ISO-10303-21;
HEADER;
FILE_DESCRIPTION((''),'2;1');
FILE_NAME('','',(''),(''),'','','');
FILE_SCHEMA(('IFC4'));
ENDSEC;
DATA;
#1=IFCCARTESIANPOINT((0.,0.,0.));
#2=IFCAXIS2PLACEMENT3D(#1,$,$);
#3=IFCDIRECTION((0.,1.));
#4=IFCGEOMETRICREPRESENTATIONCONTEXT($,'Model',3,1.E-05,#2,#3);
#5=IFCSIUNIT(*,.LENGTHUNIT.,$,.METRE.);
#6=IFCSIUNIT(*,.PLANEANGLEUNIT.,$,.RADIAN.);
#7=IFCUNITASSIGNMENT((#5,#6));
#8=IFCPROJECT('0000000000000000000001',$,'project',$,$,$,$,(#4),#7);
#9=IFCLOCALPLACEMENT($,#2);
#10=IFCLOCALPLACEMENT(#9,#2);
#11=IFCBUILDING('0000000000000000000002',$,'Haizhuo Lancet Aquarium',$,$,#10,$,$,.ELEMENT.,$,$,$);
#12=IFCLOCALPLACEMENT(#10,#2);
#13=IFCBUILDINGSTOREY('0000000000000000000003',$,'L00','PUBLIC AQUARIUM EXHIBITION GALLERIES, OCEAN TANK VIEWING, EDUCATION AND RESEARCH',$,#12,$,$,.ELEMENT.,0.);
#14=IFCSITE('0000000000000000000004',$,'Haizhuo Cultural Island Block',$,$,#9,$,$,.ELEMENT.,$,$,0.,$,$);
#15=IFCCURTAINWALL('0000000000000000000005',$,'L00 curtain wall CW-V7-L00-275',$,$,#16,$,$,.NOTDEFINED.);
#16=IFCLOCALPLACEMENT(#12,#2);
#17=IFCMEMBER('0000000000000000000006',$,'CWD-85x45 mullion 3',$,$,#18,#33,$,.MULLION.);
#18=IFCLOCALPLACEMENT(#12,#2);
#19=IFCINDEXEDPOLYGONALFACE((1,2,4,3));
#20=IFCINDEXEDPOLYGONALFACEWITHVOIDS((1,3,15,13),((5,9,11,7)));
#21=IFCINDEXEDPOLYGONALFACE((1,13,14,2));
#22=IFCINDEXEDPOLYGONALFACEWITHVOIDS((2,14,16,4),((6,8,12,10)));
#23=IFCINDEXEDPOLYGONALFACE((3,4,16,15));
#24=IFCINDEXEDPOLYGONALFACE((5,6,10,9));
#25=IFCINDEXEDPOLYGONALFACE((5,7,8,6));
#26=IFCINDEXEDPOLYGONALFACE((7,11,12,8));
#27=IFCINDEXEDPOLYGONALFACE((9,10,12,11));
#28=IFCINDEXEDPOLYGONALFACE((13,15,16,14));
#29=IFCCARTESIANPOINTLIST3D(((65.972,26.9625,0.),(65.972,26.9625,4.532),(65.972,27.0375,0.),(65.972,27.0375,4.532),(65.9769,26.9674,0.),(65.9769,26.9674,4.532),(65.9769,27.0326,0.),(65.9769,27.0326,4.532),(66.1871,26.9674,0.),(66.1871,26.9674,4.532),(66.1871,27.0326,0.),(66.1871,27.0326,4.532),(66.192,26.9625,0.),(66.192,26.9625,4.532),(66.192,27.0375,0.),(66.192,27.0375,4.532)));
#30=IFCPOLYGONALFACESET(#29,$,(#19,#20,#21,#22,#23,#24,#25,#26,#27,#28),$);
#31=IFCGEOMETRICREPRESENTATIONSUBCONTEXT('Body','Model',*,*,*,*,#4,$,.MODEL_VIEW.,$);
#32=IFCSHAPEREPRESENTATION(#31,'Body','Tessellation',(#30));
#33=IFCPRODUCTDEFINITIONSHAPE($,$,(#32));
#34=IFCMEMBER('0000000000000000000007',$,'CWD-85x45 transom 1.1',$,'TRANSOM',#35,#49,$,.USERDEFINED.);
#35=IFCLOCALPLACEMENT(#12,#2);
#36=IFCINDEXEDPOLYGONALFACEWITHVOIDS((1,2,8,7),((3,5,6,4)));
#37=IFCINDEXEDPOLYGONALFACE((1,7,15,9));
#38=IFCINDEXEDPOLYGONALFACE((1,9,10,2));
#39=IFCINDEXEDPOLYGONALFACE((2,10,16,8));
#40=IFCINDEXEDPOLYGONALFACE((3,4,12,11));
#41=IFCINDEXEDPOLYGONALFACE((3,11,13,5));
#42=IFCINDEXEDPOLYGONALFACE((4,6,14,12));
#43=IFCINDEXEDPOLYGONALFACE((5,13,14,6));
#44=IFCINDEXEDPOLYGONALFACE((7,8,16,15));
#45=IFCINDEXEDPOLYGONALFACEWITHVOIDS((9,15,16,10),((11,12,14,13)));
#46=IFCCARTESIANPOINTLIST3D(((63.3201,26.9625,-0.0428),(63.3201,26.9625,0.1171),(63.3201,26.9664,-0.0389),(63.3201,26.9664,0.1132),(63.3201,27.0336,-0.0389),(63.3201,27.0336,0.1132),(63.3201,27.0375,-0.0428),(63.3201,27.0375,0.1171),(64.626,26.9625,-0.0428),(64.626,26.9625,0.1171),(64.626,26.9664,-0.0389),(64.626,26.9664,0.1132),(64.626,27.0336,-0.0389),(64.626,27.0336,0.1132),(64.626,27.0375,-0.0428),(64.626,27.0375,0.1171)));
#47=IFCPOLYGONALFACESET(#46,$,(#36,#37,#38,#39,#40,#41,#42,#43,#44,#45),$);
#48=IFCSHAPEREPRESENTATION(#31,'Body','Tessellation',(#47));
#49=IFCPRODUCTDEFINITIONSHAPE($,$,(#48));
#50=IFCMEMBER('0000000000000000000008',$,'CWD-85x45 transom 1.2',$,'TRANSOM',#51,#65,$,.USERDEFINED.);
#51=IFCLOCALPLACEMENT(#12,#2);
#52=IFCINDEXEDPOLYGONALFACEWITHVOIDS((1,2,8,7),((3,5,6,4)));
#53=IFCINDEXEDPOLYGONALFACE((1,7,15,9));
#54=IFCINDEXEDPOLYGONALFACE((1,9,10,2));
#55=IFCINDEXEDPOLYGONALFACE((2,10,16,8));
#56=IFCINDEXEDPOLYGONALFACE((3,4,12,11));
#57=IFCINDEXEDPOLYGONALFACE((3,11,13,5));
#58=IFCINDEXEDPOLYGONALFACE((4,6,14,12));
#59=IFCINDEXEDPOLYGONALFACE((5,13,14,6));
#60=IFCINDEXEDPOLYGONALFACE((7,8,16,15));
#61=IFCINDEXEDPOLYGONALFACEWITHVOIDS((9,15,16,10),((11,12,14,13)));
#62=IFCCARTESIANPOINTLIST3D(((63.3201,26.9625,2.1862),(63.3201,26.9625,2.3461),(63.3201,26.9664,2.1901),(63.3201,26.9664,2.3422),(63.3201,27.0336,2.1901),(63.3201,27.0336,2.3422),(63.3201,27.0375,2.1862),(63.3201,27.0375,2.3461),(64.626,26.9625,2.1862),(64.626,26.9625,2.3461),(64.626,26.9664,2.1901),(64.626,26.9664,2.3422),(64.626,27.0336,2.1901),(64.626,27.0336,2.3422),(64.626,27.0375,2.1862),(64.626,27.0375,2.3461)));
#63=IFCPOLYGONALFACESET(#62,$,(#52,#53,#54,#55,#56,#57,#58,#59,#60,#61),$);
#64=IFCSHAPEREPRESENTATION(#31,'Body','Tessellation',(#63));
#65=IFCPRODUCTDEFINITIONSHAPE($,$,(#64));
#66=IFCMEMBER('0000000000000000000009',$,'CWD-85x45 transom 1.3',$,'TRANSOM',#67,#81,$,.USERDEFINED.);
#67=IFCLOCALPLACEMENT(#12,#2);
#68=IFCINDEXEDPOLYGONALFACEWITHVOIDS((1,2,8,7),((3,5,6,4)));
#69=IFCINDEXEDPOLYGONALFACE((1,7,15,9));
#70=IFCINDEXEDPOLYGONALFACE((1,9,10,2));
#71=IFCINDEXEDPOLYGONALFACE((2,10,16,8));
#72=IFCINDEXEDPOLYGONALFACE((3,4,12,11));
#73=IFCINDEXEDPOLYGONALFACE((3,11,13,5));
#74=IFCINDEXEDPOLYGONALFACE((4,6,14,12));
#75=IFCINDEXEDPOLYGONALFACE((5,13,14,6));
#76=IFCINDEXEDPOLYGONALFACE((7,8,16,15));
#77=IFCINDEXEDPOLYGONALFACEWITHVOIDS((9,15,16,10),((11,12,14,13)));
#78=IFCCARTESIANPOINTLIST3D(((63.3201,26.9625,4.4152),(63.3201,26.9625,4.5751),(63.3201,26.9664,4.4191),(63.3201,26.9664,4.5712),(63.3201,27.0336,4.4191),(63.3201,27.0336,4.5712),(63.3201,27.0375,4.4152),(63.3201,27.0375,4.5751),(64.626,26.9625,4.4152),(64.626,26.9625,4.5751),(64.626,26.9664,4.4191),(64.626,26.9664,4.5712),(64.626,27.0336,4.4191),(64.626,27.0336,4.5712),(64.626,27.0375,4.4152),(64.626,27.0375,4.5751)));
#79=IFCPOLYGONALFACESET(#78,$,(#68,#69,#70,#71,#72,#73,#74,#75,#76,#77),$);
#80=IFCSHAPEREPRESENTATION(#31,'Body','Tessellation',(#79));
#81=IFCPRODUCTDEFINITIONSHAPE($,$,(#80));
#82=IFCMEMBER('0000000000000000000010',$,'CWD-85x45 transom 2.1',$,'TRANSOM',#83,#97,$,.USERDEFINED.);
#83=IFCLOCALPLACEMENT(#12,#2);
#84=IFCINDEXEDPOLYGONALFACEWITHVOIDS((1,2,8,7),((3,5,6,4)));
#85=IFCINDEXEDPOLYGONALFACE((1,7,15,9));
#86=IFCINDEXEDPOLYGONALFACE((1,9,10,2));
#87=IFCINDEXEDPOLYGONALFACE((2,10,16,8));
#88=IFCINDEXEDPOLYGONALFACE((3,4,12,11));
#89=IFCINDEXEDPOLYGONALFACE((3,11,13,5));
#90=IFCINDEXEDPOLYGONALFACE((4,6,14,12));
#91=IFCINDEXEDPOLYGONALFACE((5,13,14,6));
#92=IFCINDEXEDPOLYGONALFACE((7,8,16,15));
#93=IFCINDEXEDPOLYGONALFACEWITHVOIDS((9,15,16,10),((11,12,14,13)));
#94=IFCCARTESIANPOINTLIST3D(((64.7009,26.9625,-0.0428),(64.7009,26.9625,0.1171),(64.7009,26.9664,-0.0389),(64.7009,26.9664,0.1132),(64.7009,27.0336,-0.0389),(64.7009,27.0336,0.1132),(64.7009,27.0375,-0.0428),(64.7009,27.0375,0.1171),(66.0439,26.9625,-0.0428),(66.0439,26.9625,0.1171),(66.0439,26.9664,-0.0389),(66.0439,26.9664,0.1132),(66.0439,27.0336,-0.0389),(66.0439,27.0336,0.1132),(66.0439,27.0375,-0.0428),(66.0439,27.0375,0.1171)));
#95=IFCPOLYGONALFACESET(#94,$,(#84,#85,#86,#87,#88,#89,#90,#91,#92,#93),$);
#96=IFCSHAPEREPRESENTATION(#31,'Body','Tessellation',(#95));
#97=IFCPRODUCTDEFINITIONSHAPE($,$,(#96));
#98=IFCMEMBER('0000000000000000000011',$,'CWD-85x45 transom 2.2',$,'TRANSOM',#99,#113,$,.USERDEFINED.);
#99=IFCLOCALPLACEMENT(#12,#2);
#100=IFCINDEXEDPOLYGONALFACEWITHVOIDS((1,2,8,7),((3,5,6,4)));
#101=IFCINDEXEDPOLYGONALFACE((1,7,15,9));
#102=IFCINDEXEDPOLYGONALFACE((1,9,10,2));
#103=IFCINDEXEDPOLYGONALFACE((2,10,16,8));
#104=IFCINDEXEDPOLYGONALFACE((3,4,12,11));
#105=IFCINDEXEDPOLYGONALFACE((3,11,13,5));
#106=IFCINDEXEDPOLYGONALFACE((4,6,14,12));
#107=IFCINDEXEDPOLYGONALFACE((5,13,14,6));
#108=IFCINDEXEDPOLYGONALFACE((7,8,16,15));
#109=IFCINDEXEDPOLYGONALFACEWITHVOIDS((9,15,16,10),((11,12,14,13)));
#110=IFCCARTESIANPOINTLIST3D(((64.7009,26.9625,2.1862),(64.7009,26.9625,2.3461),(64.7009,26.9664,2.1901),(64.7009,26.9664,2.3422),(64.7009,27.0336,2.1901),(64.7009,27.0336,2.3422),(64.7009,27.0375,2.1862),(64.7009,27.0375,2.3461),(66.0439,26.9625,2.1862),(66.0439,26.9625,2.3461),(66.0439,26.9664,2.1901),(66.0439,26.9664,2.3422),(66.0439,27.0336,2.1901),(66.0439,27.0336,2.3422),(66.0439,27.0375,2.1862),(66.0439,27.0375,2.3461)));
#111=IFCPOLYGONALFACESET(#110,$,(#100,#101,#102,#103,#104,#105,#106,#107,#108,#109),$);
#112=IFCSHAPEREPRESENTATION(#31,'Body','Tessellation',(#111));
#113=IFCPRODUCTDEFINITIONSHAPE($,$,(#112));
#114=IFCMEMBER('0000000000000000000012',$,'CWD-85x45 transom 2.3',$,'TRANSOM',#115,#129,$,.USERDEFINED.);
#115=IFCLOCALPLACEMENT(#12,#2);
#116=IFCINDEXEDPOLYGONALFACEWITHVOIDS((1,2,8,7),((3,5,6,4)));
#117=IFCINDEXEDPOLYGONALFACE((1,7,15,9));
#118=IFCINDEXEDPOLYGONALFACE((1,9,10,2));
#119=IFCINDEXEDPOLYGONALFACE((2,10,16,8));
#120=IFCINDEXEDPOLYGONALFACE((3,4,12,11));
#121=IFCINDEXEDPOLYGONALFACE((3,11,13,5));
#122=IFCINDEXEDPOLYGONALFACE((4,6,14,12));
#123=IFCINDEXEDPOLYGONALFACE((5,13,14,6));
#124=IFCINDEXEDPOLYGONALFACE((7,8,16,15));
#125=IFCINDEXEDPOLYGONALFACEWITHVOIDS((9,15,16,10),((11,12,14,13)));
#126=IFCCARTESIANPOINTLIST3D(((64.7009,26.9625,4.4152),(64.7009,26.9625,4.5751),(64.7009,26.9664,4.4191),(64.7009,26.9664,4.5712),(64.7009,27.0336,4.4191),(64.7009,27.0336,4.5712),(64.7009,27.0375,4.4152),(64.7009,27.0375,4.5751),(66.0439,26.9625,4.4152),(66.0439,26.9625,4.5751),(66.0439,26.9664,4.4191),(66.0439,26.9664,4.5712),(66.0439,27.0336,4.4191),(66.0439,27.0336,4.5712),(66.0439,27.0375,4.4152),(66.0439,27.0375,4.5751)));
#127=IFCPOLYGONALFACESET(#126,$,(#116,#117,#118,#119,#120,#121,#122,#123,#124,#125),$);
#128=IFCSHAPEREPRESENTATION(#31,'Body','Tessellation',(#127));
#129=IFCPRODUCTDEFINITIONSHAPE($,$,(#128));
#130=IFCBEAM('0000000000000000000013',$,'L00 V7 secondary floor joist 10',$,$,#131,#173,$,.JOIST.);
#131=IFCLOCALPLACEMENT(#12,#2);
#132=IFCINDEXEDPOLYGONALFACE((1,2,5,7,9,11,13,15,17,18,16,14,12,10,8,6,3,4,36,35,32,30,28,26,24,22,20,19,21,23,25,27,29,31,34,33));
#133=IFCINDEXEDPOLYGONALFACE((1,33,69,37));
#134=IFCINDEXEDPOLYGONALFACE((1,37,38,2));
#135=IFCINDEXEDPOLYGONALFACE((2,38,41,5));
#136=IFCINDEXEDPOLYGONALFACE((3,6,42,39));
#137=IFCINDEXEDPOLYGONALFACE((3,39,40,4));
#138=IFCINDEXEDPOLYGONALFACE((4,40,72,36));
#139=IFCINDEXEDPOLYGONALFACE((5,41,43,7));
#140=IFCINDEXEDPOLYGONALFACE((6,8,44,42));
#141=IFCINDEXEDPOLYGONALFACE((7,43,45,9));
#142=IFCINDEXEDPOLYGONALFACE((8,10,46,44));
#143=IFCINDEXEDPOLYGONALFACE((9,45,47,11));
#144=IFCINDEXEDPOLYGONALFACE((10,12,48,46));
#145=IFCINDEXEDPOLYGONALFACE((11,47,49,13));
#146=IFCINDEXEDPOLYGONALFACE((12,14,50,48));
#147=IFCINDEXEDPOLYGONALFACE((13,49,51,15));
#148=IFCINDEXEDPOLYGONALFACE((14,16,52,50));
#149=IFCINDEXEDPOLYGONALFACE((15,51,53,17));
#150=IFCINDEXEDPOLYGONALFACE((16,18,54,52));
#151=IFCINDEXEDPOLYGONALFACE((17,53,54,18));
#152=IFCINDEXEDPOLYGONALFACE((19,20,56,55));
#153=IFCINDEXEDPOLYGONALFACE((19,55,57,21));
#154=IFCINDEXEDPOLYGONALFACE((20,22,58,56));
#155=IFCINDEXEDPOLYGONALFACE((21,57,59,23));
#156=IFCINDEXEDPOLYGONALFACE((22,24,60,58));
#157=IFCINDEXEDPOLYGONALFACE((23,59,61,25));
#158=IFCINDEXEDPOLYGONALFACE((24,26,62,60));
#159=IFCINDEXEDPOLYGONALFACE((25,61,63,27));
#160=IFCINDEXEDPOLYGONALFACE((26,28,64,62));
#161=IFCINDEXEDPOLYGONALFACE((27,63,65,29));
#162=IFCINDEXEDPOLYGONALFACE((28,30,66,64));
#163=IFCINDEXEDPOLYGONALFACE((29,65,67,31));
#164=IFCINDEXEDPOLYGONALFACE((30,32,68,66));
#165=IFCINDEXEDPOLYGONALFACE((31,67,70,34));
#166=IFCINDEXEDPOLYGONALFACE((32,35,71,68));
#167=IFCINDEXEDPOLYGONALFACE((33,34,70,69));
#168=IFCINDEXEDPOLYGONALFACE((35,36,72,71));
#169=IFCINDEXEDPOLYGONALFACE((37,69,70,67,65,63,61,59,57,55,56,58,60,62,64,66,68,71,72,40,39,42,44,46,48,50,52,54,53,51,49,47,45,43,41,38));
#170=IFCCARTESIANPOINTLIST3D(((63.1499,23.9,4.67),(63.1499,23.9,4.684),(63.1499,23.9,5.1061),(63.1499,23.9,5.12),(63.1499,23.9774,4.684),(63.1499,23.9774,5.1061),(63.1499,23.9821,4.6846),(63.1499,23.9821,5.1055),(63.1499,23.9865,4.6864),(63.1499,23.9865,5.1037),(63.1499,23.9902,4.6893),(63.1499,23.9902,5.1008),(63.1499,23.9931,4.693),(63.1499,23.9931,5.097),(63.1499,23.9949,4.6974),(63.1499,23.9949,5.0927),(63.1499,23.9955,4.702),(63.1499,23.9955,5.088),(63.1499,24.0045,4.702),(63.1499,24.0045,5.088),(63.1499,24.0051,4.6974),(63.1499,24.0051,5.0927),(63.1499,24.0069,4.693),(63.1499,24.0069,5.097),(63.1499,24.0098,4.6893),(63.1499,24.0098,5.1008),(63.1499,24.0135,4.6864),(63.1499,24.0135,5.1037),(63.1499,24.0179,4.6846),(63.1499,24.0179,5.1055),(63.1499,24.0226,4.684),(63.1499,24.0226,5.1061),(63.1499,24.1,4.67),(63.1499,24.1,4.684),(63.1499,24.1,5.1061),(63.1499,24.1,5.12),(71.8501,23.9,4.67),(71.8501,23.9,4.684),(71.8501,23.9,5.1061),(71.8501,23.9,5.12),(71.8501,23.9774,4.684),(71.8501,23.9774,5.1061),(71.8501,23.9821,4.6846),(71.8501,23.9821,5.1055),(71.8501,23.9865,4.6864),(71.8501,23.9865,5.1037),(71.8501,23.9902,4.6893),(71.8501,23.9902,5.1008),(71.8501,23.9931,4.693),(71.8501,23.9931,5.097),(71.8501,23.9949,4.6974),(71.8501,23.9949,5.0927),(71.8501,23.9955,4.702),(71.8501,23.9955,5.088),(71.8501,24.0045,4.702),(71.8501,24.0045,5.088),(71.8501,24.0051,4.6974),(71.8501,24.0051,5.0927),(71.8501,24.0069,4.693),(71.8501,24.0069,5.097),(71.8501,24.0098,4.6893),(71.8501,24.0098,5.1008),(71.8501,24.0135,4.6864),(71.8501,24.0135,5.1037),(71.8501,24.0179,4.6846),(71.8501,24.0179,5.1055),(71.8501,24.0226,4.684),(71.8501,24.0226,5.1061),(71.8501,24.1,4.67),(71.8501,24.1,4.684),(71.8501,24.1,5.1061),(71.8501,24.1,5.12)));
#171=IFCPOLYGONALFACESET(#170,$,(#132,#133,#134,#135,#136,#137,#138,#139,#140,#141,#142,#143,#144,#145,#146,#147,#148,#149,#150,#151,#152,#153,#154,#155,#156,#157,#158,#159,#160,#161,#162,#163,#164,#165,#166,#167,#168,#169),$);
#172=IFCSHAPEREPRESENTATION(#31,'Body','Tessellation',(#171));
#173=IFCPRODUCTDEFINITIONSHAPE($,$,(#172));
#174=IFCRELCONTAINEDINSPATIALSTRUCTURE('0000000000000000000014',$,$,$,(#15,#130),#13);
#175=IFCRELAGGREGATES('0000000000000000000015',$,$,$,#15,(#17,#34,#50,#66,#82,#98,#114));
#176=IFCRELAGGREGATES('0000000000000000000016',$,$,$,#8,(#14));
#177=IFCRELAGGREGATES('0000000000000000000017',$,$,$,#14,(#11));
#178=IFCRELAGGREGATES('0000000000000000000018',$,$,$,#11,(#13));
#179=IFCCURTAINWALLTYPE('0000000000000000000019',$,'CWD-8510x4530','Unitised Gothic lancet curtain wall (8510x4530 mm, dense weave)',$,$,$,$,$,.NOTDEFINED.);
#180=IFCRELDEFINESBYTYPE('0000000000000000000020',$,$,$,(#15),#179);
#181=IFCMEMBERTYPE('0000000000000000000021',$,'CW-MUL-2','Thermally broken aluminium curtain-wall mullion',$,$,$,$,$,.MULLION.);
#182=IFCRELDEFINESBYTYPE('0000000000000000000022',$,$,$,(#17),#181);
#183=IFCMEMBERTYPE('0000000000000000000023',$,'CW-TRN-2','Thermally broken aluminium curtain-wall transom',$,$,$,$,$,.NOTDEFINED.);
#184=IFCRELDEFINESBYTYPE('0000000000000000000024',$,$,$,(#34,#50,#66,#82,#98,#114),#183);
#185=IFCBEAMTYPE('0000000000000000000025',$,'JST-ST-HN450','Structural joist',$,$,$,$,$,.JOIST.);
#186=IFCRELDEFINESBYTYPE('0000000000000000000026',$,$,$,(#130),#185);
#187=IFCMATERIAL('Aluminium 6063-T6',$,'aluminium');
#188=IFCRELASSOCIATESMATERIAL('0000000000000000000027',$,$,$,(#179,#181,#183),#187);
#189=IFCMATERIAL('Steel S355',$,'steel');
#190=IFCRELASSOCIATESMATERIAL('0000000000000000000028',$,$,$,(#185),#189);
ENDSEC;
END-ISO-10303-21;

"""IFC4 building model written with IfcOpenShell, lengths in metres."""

from ifc_helpers import new_model, si_unit, direction, frame, origin, origin_2d, place, context, subcontext, project, spatial, hollow_rectangle, i_section, extrude, material, material_profile, profile_set, type_object, element, aggregate, save


model = new_model("IFC4")

# Units and contexts
model_context = context("Model", 3, precision=1e-05, world=origin(), true_north=direction((0.0, 1.0)))
body_context = subcontext(model_context, "Body", "Model", "MODEL_VIEW")
ifc_project = project(units=[si_unit("LENGTHUNIT", "METRE"), si_unit("PLANEANGLEUNIT", "RADIAN")], contexts=[model_context])

# Site, building, storey
site_placement = place(None, origin())
site = spatial("IfcSite", under=ifc_project, at=site_placement, Name="Haizhuo Cultural Island Block", CompositionType="ELEMENT", RefElevation=0.0)
building_placement = place(site_placement, origin())
building = spatial("IfcBuilding", under=site, at=building_placement, Name="Haizhuo Lancet Aquarium", CompositionType="ELEMENT")
storey_placement = place(building_placement, origin())
storey = spatial("IfcBuildingStorey", under=building, at=storey_placement, Name="L00", Description="PUBLIC AQUARIUM EXHIBITION GALLERIES, OCEAN TANK VIEWING, EDUCATION AND RESEARCH", CompositionType="ELEMENT", Elevation=0.0)

# Shared definitions
ifc_material_1 = material(Name="Steel S355", Category="steel")

# Curtain wall, members
ifc_material_2 = material(Name="Aluminium 6063-T6", Category="aluminium")
curtain_wall_type = type_object("IfcCurtainWallType", Name="CWD-8510x4530", Description="Unitised Gothic lancet curtain wall (8510x4530 mm, dense weave)", PredefinedType="NOTDEFINED", material=ifc_material_2)
curtain_wall_placement = place(storey_placement, origin())
curtain_wall = element("IfcCurtainWall", 1, at=curtain_wall_placement, inside=storey, type_object=curtain_wall_type, Name="L00 curtain wall CW-V7-L00-275", PredefinedType="NOTDEFINED")
ifc_material_profile_1 = material_profile(ifc_material_2, hollow_rectangle(XDim=0.075, YDim=0.22, WallThickness=0.0049, at=origin_2d()), Name="ALU-M 75x220x5")
ifc_profile_set_1 = profile_set([ifc_material_profile_1], Name="Aluminium 6063-T6")
member_type_1 = type_object("IfcMemberType", Name="CW-MUL-2", Description="Thermally broken aluminium curtain-wall mullion", PredefinedType="MULLION", material=ifc_profile_set_1)
member_1_placement = place(storey_placement, frame((66.082, 27.0, 0.0), z_axis=(0.0, 0.0, 1.0), x_axis=(0.0, 1.0, 0.0)))
member_1 = element("IfcMember", 2, at=member_1_placement, type_object=member_type_1, Name="CWD-85x45 mullion 3", PredefinedType="MULLION", context=body_context, shape_type="SweptSolid", body=[
    extrude(hollow_rectangle(XDim=0.075, YDim=0.22, WallThickness=0.0049, at=origin_2d()), origin(), (0.0, 0.0, 1.0), 4.532),
])
ifc_material_profile_2 = material_profile(ifc_material_2, hollow_rectangle(XDim=0.075, YDim=0.1599, WallThickness=0.0039, at=origin_2d()), Name="ALU-T 75x160x4")
ifc_profile_set_2 = profile_set([ifc_material_profile_2], Name="Aluminium 6063-T6")
member_type_2 = type_object("IfcMemberType", Name="CW-TRN-2", Description="Thermally broken aluminium curtain-wall transom", PredefinedType="NOTDEFINED", material=ifc_profile_set_2)
member_2_placement = place(storey_placement, frame((63.3201, 27.0, 0.0371), z_axis=(1.0, 0.0, 0.0), x_axis=(0.0, 1.0, 0.0)))
member_2 = element("IfcMember", 3, at=member_2_placement, type_object=member_type_2, Name="CWD-85x45 transom 1.1", ObjectType="TRANSOM", PredefinedType="USERDEFINED", context=body_context, shape_type="SweptSolid", body=[
    extrude(hollow_rectangle(XDim=0.075, YDim=0.1599, WallThickness=0.0039, at=origin_2d()), origin(), (0.0, 0.0, 1.0), 1.3059),
])
member_3_placement = place(storey_placement, frame((63.3201, 27.0, 2.2661), z_axis=(1.0, 0.0, 0.0), x_axis=(0.0, 1.0, 0.0)))
member_3 = element("IfcMember", 4, at=member_3_placement, type_object=member_type_2, Name="CWD-85x45 transom 1.2", ObjectType="TRANSOM", PredefinedType="USERDEFINED", context=body_context, shape_type="SweptSolid", body=[
    extrude(hollow_rectangle(XDim=0.075, YDim=0.1599, WallThickness=0.0039, at=origin_2d()), origin(), (0.0, 0.0, 1.0), 1.3059),
])
member_4_placement = place(storey_placement, frame((63.3201, 27.0, 4.4951), z_axis=(1.0, 0.0, 0.0), x_axis=(0.0, 1.0, 0.0)))
member_4 = element("IfcMember", 5, at=member_4_placement, type_object=member_type_2, Name="CWD-85x45 transom 1.3", ObjectType="TRANSOM", PredefinedType="USERDEFINED", context=body_context, shape_type="SweptSolid", body=[
    extrude(hollow_rectangle(XDim=0.075, YDim=0.1599, WallThickness=0.0039, at=origin_2d()), origin(), (0.0, 0.0, 1.0), 1.3059),
])
member_5_placement = place(storey_placement, frame((64.7009, 27.0, 0.0371), z_axis=(1.0, 0.0, 0.0), x_axis=(0.0, 1.0, 0.0)))
member_5 = element("IfcMember", 6, at=member_5_placement, type_object=member_type_2, Name="CWD-85x45 transom 2.1", ObjectType="TRANSOM", PredefinedType="USERDEFINED", context=body_context, shape_type="SweptSolid", body=[
    extrude(hollow_rectangle(XDim=0.075, YDim=0.1599, WallThickness=0.0039, at=origin_2d()), origin(), (0.0, 0.0, 1.0), 1.343),
])
member_6_placement = place(storey_placement, frame((64.7009, 27.0, 2.2661), z_axis=(1.0, 0.0, 0.0), x_axis=(0.0, 1.0, 0.0)))
member_6 = element("IfcMember", 7, at=member_6_placement, type_object=member_type_2, Name="CWD-85x45 transom 2.2", ObjectType="TRANSOM", PredefinedType="USERDEFINED", context=body_context, shape_type="SweptSolid", body=[
    extrude(hollow_rectangle(XDim=0.075, YDim=0.1599, WallThickness=0.0039, at=origin_2d()), origin(), (0.0, 0.0, 1.0), 1.343),
])
member_7_placement = place(storey_placement, frame((64.7009, 27.0, 4.4951), z_axis=(1.0, 0.0, 0.0), x_axis=(0.0, 1.0, 0.0)))
member_7 = element("IfcMember", 8, at=member_7_placement, type_object=member_type_2, Name="CWD-85x45 transom 2.3", ObjectType="TRANSOM", PredefinedType="USERDEFINED", context=body_context, shape_type="SweptSolid", body=[
    extrude(hollow_rectangle(XDim=0.075, YDim=0.1599, WallThickness=0.0039, at=origin_2d()), origin(), (0.0, 0.0, 1.0), 1.343),
])

# Beam
ifc_material_profile_3 = material_profile(ifc_material_1, i_section(OverallWidth=0.2, OverallDepth=0.45, WebThickness=0.009, FlangeThickness=0.0139, FilletRadius=0.0181, at=origin_2d()), Name="HN 450x200x9x14")
ifc_profile_set_3 = profile_set([ifc_material_profile_3], Name="Steel S355")
beam_type_1 = type_object("IfcBeamType", Name="JST-ST-HN450", Description="Structural joist", PredefinedType="JOIST", material=ifc_profile_set_3)
beam_1_placement = place(storey_placement, frame((63.1499, 24.0, 4.895), z_axis=(1.0, 0.0, 0.0), x_axis=(0.0, 1.0, 0.0)))
element("IfcBeam", 9, at=beam_1_placement, inside=storey, type_object=beam_type_1, Name="L00 V7 secondary floor joist 10", PredefinedType="JOIST", context=body_context, shape_type="SweptSolid", body=[
    extrude(i_section(OverallWidth=0.2, OverallDepth=0.45, WebThickness=0.009, FlangeThickness=0.0139, FilletRadius=0.0181, at=origin_2d()), origin(), (0.0, 0.0, 1.0), 8.7002),
])

aggregate(curtain_wall, [member_1, member_2, member_3, member_4, member_5, member_6, member_7])

save(model, "model.ifc")
